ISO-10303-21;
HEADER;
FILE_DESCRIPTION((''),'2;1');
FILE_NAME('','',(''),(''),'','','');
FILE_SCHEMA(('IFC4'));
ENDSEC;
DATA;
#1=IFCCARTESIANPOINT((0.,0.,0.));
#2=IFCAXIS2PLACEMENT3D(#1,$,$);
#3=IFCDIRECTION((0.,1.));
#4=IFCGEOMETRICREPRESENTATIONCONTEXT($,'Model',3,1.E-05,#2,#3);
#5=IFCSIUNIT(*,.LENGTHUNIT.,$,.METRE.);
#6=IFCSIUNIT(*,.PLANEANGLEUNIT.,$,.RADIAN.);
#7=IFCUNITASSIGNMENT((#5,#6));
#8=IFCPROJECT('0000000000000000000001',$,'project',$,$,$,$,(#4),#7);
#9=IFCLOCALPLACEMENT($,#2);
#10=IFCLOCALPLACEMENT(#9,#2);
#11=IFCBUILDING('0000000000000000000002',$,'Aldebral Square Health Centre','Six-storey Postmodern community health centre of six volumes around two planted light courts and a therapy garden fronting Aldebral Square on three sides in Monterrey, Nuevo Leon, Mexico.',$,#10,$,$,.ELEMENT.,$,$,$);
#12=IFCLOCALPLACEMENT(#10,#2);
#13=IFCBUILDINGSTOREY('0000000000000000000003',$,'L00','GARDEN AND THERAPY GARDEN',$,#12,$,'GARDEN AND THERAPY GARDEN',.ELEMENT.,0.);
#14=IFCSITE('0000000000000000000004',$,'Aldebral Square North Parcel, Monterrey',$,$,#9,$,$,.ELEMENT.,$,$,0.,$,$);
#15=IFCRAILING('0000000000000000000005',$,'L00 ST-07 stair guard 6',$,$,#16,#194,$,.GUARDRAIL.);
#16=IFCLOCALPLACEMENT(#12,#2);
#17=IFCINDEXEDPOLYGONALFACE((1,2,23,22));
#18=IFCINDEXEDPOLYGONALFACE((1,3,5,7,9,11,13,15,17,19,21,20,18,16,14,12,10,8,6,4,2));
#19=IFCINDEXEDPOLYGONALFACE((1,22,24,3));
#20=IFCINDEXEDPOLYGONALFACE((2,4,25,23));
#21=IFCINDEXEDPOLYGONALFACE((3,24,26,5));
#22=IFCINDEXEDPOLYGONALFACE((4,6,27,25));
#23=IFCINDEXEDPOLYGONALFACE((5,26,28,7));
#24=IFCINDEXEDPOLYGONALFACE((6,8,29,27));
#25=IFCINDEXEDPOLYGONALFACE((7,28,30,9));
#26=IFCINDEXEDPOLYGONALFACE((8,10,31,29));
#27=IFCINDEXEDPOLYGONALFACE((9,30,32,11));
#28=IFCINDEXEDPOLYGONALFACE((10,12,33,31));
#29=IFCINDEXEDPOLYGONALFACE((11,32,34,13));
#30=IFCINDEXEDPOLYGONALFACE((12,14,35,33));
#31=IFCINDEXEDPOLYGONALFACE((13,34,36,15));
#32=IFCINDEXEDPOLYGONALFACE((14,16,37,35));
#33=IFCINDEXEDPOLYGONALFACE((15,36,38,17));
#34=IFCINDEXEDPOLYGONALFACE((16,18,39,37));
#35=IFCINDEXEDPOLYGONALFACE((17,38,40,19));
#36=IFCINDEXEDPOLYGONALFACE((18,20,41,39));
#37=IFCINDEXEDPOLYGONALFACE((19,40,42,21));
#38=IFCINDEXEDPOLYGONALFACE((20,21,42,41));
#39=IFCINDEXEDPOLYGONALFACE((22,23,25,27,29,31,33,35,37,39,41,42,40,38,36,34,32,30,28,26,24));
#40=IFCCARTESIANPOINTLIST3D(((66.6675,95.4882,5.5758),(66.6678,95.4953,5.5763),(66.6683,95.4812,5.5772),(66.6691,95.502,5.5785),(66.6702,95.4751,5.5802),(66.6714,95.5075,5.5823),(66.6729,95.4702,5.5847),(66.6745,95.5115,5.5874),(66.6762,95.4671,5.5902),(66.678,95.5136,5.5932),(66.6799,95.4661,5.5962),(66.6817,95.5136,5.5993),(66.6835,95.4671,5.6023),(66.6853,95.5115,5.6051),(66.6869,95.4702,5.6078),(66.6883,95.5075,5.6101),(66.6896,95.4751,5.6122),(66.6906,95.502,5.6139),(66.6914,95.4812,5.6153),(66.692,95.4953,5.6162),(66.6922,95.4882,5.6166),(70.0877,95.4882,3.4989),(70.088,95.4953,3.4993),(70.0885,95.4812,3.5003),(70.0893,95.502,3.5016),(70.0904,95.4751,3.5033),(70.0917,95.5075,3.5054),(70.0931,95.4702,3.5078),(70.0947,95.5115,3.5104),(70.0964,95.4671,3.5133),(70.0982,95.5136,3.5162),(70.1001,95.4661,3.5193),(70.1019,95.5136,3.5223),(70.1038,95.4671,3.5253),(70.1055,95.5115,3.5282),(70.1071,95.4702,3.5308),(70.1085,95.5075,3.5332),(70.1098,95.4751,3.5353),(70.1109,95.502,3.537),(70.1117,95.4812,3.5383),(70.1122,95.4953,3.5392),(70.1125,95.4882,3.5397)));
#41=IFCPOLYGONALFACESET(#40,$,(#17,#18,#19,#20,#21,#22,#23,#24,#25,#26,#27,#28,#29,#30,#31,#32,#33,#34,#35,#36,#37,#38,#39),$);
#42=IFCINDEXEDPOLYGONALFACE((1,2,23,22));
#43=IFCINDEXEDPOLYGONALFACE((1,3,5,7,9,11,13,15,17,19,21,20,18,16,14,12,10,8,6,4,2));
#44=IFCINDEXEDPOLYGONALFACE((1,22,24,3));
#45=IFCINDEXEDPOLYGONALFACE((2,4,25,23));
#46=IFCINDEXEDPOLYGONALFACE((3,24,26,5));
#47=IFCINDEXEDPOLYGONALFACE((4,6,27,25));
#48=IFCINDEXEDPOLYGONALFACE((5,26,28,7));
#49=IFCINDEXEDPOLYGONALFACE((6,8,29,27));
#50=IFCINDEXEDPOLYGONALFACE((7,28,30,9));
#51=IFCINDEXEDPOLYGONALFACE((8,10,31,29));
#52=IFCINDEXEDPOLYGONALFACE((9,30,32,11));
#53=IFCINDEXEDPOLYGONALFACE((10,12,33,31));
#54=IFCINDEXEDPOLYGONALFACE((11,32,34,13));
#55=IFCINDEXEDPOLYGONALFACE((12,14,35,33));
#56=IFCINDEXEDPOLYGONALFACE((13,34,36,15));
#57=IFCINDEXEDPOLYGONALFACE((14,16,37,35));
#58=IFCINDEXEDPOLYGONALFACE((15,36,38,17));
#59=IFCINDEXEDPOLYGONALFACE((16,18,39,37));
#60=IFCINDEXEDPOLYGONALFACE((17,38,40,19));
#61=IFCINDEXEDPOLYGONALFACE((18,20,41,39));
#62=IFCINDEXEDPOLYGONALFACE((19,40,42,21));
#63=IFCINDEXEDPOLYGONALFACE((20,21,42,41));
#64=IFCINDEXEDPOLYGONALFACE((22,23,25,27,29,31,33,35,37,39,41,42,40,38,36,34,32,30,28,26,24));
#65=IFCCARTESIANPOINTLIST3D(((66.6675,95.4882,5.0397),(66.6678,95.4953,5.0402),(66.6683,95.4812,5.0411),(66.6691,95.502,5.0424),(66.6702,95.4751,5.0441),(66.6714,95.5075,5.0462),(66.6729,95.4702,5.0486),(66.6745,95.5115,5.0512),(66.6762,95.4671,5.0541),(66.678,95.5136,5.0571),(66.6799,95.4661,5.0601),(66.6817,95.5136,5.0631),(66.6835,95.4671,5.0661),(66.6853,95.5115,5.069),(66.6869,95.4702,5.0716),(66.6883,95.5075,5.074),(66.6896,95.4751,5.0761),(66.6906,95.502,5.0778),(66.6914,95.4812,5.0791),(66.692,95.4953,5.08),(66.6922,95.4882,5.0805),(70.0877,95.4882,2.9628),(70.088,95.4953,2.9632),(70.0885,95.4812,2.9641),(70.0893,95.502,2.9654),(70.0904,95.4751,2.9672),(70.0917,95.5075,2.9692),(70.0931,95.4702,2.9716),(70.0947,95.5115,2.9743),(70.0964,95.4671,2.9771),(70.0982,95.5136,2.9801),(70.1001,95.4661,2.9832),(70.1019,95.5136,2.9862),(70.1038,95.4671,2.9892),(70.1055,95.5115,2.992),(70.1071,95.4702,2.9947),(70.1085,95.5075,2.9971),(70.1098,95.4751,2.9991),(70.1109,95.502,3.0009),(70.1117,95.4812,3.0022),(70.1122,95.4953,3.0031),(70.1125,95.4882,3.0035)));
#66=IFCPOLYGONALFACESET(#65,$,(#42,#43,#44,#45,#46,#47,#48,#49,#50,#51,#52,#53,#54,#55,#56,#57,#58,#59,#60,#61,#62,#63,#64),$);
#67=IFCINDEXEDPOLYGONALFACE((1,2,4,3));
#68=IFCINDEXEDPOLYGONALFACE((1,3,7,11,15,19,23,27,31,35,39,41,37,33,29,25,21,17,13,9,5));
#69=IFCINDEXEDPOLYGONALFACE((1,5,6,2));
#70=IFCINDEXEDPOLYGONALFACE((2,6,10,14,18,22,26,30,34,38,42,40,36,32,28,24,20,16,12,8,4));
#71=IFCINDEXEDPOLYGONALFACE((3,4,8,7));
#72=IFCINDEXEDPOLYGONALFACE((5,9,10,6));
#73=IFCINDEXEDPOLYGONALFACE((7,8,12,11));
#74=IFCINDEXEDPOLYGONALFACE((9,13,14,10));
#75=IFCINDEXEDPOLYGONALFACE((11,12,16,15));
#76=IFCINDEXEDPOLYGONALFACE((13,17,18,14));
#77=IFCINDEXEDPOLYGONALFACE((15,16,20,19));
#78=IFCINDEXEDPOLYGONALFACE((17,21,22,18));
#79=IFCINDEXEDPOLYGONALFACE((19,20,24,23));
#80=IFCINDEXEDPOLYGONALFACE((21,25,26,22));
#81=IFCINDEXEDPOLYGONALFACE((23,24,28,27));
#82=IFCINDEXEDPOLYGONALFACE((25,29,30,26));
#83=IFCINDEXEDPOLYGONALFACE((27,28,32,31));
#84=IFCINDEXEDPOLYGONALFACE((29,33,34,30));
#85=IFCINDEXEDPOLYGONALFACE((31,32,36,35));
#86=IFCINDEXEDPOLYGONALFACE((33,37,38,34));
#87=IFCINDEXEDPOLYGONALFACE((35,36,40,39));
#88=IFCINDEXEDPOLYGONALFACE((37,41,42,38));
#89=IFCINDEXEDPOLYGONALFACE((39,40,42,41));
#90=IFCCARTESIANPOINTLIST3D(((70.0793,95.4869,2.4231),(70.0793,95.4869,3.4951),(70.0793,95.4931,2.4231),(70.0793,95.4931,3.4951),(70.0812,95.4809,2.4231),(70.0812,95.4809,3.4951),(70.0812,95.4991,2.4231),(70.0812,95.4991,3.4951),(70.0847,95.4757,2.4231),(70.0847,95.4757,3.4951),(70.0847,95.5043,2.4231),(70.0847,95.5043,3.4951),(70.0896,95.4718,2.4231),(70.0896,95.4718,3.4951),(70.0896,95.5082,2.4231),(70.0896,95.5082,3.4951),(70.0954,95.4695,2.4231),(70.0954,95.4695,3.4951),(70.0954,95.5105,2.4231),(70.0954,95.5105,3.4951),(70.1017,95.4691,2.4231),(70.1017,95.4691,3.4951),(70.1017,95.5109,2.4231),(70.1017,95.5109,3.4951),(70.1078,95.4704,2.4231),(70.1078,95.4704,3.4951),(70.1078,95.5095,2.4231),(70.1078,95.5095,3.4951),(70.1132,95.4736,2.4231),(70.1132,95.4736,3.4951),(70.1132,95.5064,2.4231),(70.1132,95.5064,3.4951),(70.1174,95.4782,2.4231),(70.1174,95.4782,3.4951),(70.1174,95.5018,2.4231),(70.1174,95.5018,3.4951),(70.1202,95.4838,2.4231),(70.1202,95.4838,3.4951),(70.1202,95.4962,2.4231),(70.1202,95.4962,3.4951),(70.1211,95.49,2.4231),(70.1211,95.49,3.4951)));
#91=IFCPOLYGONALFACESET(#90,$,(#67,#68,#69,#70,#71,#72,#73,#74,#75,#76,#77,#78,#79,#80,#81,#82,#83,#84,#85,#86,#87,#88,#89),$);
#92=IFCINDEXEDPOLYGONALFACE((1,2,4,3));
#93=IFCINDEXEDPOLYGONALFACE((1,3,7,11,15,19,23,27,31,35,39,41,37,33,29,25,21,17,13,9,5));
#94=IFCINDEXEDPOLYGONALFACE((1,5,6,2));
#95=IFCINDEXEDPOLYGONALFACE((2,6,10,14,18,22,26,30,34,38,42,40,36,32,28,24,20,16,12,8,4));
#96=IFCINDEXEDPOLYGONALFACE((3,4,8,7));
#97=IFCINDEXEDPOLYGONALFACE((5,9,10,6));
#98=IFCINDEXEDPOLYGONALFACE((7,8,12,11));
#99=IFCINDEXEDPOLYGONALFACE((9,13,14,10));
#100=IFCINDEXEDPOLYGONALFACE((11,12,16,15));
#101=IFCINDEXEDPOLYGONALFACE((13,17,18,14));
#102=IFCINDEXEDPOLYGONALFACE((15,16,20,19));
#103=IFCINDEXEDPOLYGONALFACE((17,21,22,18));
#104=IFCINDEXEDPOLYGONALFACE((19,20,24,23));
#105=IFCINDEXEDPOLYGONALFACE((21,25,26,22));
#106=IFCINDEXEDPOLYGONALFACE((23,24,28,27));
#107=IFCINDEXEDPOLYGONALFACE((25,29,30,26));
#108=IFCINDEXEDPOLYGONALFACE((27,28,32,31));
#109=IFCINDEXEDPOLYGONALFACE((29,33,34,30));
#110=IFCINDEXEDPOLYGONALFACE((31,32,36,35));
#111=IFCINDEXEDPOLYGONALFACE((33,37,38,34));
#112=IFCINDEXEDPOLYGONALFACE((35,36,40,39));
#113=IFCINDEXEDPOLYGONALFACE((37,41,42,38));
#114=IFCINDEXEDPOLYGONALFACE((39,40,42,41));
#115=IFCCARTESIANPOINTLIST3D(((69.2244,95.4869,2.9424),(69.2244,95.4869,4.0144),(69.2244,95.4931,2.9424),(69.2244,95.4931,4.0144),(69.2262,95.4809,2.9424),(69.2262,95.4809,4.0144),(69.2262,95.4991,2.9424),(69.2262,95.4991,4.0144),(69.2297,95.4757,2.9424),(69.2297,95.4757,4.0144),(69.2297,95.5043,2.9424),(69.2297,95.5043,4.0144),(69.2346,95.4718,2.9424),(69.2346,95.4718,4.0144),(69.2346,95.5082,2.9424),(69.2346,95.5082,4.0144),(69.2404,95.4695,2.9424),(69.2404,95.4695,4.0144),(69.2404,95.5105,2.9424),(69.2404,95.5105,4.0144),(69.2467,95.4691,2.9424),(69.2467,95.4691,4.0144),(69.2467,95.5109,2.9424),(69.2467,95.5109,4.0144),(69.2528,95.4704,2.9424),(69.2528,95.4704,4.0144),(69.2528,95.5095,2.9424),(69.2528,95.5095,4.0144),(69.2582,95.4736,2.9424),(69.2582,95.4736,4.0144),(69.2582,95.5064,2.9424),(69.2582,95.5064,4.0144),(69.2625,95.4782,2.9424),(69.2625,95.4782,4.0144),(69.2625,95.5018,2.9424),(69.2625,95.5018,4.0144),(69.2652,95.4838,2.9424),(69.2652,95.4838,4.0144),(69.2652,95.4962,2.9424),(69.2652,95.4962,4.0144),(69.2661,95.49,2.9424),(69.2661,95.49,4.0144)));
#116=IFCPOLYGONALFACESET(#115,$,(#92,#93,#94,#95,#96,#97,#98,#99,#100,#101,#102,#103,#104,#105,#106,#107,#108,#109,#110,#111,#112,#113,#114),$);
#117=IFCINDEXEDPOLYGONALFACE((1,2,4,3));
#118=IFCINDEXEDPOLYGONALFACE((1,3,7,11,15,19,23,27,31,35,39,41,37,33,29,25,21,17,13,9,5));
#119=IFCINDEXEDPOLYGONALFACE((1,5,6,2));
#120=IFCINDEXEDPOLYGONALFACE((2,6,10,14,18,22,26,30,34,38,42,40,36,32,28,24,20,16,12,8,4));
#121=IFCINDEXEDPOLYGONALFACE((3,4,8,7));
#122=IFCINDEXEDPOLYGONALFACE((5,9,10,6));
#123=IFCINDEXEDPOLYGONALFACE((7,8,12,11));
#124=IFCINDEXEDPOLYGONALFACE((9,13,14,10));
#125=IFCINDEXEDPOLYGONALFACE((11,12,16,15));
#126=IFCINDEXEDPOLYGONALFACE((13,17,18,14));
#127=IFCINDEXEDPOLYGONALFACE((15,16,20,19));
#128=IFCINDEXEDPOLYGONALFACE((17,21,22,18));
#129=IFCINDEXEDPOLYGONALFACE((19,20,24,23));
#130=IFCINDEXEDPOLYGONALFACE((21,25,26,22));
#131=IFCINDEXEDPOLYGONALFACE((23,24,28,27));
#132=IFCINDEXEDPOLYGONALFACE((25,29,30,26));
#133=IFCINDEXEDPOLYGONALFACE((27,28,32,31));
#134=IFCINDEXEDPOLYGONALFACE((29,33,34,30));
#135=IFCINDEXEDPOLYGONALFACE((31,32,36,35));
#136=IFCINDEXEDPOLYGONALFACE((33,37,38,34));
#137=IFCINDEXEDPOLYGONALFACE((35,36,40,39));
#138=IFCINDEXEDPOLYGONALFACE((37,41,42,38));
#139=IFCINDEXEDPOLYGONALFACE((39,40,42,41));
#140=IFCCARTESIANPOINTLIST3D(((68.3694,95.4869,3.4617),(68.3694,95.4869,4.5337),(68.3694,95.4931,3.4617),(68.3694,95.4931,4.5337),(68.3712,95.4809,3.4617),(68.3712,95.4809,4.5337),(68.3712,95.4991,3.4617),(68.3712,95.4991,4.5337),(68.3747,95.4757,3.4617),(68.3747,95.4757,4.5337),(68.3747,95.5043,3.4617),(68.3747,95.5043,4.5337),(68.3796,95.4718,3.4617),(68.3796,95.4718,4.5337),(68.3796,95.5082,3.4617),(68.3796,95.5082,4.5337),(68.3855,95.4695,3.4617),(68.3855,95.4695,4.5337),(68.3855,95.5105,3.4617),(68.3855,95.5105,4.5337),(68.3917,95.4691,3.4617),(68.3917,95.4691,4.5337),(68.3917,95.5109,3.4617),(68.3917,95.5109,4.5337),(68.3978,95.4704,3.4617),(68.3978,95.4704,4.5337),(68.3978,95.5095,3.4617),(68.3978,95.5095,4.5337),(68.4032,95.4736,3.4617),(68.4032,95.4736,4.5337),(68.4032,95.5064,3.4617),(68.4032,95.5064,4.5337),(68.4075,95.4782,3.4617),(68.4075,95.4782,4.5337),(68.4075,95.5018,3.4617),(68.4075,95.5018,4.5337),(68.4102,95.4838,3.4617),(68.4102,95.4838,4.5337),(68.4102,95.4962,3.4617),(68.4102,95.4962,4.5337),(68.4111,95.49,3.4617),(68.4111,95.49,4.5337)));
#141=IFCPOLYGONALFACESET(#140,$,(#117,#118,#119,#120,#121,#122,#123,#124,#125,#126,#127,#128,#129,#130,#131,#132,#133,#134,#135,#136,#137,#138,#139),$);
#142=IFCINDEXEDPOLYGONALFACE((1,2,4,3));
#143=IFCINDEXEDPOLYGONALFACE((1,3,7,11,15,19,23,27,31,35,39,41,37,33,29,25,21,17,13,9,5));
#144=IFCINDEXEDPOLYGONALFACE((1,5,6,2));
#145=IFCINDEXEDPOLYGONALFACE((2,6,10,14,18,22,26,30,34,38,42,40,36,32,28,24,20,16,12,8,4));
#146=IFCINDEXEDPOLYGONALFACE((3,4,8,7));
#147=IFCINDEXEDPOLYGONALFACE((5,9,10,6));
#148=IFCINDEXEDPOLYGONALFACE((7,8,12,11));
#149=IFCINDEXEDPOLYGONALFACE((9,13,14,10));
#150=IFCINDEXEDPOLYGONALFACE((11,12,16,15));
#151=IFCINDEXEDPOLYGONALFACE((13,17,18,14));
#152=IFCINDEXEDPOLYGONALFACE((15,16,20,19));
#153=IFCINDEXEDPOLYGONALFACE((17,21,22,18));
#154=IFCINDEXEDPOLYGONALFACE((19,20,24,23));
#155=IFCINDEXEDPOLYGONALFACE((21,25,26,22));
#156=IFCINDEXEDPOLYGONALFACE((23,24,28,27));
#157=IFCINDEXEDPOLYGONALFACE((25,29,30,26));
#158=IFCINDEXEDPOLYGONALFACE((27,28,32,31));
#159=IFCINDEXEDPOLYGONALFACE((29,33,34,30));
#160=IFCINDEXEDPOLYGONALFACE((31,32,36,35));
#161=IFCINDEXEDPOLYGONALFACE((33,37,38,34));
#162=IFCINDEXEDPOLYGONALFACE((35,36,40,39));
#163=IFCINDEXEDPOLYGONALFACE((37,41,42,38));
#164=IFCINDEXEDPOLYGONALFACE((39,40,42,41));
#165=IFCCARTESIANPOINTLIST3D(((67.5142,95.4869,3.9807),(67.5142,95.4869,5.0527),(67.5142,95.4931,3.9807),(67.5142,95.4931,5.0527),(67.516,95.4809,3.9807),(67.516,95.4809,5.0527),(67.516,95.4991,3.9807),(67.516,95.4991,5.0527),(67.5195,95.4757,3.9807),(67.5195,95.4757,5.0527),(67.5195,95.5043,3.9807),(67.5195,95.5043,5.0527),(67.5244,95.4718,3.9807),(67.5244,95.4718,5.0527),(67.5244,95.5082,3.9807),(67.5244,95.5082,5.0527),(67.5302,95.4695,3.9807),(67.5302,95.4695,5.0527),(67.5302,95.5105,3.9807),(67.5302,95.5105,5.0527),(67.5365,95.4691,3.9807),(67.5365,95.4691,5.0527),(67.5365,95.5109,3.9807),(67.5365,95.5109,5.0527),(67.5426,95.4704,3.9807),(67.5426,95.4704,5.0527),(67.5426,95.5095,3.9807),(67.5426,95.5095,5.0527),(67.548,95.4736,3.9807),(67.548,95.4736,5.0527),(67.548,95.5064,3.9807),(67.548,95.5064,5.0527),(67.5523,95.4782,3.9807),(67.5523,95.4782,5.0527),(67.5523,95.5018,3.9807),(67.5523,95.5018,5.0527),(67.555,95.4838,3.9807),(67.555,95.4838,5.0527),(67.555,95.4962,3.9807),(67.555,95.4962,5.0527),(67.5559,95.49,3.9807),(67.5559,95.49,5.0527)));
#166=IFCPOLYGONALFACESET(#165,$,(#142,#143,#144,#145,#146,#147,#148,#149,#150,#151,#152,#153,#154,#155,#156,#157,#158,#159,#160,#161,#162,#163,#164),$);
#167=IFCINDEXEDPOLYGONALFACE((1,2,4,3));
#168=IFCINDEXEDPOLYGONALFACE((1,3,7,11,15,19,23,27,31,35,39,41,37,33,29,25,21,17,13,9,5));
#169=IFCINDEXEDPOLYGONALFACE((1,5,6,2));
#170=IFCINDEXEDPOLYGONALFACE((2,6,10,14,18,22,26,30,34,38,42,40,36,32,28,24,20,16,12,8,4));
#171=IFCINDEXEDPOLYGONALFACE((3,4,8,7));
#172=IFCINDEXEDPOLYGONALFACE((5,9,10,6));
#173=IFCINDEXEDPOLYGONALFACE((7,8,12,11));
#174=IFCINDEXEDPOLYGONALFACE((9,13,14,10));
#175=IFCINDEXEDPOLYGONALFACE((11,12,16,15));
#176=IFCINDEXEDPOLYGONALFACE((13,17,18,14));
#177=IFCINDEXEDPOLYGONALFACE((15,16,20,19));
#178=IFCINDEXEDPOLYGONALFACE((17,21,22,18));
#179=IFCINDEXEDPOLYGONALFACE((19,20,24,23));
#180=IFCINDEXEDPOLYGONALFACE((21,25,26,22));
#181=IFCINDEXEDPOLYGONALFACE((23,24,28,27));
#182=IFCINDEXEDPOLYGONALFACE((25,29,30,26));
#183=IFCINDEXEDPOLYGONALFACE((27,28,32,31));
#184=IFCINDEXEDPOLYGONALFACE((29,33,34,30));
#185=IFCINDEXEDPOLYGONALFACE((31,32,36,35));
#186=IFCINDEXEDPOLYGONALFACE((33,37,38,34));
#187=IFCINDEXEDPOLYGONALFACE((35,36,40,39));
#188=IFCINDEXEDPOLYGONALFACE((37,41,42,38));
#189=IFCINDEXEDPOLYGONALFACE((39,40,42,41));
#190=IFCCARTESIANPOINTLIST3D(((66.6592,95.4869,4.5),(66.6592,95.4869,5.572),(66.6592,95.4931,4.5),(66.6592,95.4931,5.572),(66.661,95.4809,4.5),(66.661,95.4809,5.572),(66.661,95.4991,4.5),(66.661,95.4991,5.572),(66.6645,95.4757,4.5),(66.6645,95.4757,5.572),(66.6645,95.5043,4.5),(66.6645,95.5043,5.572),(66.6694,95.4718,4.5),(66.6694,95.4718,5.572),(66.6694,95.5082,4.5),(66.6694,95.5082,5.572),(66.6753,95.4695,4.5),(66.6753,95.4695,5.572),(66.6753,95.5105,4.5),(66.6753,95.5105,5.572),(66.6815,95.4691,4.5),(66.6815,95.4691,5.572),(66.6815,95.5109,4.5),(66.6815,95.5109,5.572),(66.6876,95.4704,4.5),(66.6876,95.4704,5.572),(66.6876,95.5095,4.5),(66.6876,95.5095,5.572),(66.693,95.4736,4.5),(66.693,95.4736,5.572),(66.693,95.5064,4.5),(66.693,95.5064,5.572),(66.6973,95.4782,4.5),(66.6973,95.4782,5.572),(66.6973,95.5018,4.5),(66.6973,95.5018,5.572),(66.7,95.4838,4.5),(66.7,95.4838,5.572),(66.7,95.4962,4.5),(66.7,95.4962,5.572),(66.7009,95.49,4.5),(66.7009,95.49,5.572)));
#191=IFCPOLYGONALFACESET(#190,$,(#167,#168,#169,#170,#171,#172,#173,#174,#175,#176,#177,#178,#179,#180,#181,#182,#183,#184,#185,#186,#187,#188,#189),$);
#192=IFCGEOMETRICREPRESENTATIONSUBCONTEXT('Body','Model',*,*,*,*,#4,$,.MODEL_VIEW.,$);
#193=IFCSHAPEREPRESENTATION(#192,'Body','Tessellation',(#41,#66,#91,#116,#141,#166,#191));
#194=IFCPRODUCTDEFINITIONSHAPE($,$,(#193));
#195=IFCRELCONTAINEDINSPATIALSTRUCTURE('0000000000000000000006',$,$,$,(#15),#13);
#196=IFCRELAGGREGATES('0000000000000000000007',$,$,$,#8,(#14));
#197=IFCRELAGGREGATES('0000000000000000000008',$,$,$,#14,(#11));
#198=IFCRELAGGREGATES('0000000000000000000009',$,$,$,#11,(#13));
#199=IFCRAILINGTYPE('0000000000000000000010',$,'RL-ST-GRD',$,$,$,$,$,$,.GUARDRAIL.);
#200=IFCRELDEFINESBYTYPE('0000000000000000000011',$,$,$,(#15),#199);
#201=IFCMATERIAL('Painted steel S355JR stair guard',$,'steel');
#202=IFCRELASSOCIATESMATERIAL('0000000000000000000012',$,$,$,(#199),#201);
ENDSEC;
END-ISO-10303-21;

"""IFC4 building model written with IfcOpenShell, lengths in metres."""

from ifc_helpers import new_model, si_unit, direction, frame, origin, origin_2d, place, context, subcontext, project, spatial, circle, extrude, material, type_object, element, save


model = new_model("IFC4")

# Units and contexts
model_context = context("Model", 3, precision=1e-05, world=origin(), true_north=direction((0.0, 1.0)))
body_context = subcontext(model_context, "Body", "Model", "MODEL_VIEW")
ifc_project = project(units=[si_unit("LENGTHUNIT", "METRE"), si_unit("PLANEANGLEUNIT", "RADIAN")], contexts=[model_context])

# Site, building, storey
site_placement = place(None, origin())
site = spatial("IfcSite", under=ifc_project, at=site_placement, Name="Aldebral Square North Parcel, Monterrey", CompositionType="ELEMENT", RefElevation=0.0)
building_placement = place(site_placement, origin())
building = spatial("IfcBuilding", under=site, at=building_placement, Name="Aldebral Square Health Centre", Description="Six-storey Postmodern community health centre of six volumes around two planted light courts and a therapy garden fronting Aldebral Square on three sides in Monterrey, Nuevo Leon, Mexico.", CompositionType="ELEMENT")
storey_placement = place(building_placement, origin())
storey = spatial("IfcBuildingStorey", under=building, at=storey_placement, Name="L00", Description="GARDEN AND THERAPY GARDEN", LongName="GARDEN AND THERAPY GARDEN", CompositionType="ELEMENT", Elevation=0.0)

# Railing
ifc_material_1 = material(Name="Painted steel S355JR stair guard", Category="steel")
railing_type_1 = type_object("IfcRailingType", Name="RL-ST-GRD", PredefinedType="GUARDRAIL", material=ifc_material_1)
railing_1_placement = place(storey_placement, frame((70.1001, 95.49, 2.4231)))
element("IfcRailing", 1, at=railing_1_placement, inside=storey, type_object=railing_type_1, Name="L00 ST-07 stair guard 6", PredefinedType="GUARDRAIL", context=body_context, shape_type="SweptSolid", body=[
    extrude(circle(Radius=0.0239, at=origin_2d()), frame((0.0, 0.0, 1.0962), z_axis=(-0.854746, 0.0, 0.519047), x_axis=(0.0, -1.0, 0.0)), (0.0, 0.0, 1.0), 4.0015),
    extrude(circle(Radius=0.0239, at=origin_2d()), frame((0.0, 0.0, 0.5601), z_axis=(-0.854746, 0.0, 0.519047), x_axis=(0.0, -1.0, 0.0)), (0.0, 0.0, 1.0), 4.0015),
    extrude(circle(Radius=0.021, at=origin_2d()), origin(), (0.0, 0.0, 1.0), 1.072),
    extrude(circle(Radius=0.021, at=origin_2d()), frame((-0.855, 0.0, 0.5193)), (0.0, 0.0, 1.0), 1.072),
    extrude(circle(Radius=0.021, at=origin_2d()), frame((-1.71, 0.0, 1.0386)), (0.0, 0.0, 1.0), 1.072),
    extrude(circle(Radius=0.021, at=origin_2d()), frame((-2.5652, 0.0, 1.5576)), (0.0, 0.0, 1.0), 1.072),
    extrude(circle(Radius=0.021, at=origin_2d()), frame((-3.4202, 0.0, 2.0769)), (0.0, 0.0, 1.0), 1.072),
])

save(model, "model.ifc")
